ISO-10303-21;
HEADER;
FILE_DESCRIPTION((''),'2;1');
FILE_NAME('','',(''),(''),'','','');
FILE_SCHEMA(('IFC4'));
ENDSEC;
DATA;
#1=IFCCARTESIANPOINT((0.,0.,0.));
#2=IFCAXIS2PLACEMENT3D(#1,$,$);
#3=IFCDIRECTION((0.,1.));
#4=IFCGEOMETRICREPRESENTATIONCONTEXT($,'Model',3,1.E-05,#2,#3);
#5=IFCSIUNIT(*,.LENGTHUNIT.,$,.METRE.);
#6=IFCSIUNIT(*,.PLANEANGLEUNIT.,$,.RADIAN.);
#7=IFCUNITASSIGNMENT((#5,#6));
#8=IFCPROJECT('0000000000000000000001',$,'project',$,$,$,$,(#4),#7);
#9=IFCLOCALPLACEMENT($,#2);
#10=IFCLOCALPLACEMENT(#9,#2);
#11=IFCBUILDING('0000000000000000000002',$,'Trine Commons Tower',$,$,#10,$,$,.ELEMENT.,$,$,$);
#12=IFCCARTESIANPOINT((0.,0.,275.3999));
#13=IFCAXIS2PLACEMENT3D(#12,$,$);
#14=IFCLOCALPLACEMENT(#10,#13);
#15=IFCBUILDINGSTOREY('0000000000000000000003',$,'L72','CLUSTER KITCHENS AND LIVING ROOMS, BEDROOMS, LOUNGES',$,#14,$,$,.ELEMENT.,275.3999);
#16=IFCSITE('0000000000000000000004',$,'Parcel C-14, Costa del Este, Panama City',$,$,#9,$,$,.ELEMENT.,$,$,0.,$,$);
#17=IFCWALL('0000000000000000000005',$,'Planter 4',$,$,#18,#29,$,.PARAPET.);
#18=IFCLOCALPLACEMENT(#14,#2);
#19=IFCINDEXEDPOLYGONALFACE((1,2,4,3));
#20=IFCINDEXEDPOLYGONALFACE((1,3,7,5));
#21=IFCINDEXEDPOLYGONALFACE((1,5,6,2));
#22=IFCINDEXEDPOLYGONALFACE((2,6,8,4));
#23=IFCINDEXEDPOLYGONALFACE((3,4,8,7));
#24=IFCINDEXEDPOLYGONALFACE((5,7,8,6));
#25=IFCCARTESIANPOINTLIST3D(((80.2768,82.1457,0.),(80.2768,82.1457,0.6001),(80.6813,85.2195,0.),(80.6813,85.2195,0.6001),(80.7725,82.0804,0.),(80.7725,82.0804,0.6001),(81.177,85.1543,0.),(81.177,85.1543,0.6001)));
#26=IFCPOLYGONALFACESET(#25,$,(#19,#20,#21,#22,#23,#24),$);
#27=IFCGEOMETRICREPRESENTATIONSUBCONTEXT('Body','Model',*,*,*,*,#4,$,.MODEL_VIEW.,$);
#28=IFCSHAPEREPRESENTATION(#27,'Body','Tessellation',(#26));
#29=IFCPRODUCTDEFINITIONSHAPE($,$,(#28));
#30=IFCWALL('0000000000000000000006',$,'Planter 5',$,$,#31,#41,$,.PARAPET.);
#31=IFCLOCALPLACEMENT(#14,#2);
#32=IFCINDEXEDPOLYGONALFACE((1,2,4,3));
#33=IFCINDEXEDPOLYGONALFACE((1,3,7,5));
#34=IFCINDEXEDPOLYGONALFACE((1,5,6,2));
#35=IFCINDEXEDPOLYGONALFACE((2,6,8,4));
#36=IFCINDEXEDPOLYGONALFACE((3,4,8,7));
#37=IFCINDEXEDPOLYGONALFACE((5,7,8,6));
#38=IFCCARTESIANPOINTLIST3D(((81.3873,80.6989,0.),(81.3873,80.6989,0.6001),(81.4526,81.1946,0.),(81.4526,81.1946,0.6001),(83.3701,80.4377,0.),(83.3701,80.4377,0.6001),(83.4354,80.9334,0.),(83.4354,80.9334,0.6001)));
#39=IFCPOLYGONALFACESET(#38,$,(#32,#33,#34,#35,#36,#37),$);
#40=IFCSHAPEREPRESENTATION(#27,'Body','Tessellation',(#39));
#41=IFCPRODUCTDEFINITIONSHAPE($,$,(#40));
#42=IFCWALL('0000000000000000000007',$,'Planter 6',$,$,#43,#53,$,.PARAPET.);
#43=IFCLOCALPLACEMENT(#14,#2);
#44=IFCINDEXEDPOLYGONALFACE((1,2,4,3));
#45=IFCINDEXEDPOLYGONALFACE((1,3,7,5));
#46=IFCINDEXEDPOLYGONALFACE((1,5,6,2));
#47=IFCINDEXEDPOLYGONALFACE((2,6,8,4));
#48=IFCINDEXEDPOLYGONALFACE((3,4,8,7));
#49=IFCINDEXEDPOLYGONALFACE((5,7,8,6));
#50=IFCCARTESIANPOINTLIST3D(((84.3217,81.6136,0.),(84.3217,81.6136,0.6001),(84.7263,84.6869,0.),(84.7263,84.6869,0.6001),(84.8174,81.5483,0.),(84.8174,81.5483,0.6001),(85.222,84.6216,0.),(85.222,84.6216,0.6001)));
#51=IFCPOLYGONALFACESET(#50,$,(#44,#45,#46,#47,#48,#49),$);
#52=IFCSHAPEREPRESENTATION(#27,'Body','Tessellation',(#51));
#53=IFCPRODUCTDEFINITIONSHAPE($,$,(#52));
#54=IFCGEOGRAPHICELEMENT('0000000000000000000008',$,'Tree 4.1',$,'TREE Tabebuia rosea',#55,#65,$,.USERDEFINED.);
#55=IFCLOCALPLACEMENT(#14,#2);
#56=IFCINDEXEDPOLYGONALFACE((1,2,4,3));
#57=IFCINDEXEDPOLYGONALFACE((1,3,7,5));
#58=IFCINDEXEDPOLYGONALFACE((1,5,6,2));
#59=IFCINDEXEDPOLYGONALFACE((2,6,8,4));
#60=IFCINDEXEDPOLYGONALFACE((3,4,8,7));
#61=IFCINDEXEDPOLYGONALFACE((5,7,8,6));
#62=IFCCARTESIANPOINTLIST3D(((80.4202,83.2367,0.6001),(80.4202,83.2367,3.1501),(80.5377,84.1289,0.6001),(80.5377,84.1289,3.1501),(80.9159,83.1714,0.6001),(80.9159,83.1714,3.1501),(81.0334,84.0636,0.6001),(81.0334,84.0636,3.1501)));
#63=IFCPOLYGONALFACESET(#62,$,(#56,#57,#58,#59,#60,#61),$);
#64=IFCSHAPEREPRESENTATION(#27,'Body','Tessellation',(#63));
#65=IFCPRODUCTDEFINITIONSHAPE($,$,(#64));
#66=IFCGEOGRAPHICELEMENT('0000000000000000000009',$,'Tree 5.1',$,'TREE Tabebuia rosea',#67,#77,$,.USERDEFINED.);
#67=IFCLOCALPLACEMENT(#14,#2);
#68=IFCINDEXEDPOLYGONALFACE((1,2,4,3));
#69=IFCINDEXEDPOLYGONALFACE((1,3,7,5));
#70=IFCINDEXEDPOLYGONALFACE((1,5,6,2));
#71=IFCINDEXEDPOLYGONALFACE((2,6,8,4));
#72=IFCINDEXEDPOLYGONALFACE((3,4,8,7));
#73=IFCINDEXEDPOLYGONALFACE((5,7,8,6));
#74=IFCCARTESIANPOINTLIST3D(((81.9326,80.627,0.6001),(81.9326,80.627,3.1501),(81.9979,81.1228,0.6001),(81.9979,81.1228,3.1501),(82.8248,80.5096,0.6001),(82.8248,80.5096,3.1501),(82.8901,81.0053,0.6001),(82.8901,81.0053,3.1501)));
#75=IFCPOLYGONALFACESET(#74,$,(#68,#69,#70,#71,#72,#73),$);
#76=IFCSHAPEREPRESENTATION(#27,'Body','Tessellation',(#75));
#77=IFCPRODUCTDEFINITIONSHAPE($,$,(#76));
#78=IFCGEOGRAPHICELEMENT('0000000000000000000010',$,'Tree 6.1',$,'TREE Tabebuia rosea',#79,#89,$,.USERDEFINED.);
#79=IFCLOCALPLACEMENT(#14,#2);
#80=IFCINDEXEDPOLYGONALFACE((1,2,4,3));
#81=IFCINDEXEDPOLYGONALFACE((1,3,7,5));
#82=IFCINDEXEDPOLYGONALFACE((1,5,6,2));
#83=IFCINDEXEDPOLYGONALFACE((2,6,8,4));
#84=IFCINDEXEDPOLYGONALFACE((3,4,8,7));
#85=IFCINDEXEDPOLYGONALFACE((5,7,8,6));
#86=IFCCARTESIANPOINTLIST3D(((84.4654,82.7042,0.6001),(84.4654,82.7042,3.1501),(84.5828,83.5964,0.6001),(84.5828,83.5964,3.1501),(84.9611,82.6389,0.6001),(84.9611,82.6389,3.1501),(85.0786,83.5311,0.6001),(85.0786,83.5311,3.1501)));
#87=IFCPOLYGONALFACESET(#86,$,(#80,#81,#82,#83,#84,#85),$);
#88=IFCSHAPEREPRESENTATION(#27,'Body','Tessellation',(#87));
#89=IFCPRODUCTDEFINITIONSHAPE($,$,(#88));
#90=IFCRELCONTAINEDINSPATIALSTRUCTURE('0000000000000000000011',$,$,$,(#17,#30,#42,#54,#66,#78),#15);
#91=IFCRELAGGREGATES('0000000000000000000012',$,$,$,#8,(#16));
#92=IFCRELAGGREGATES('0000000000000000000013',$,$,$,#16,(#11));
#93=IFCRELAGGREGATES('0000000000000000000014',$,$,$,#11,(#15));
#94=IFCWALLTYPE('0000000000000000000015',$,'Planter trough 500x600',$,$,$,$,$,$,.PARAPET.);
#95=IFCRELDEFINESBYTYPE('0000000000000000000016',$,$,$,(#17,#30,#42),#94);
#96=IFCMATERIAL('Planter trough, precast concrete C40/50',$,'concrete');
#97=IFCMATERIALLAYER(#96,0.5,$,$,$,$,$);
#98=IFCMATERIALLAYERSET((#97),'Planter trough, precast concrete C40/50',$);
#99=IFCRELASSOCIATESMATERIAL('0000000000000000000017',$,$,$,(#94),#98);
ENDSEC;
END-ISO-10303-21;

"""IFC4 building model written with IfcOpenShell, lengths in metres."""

from ifc_helpers import new_model, si_unit, direction, frame, frame_2d, origin, origin_2d, place, context, subcontext, project, spatial, rectangle, extrude, material, layer, layer_set, type_object, element, save


model = new_model("IFC4")

# Units and contexts
model_context = context("Model", 3, precision=1e-05, world=origin(), true_north=direction((0.0, 1.0)))
body_context = subcontext(model_context, "Body", "Model", "MODEL_VIEW")
ifc_project = project(units=[si_unit("LENGTHUNIT", "METRE"), si_unit("PLANEANGLEUNIT", "RADIAN")], contexts=[model_context])

# Site, building, storey
site_placement = place(None, origin())
site = spatial("IfcSite", under=ifc_project, at=site_placement, Name="Parcel C-14, Costa del Este, Panama City", CompositionType="ELEMENT", RefElevation=0.0)
building_placement = place(site_placement, origin())
building = spatial("IfcBuilding", under=site, at=building_placement, Name="Trine Commons Tower", CompositionType="ELEMENT")
storey_placement = place(building_placement, frame((0.0, 0.0, 275.3999)))
storey = spatial("IfcBuildingStorey", under=building, at=storey_placement, Name="L72", Description="CLUSTER KITCHENS AND LIVING ROOMS, BEDROOMS, LOUNGES", CompositionType="ELEMENT", Elevation=275.3999)

# Walls
ifc_material_1 = material(Name="Planter trough, precast concrete C40/50", Category="concrete")
ifc_layer_1 = layer(ifc_material_1, 0.5)
ifc_layer_set_1 = layer_set([ifc_layer_1], Name="Planter trough, precast concrete C40/50")
wall_type_1 = type_object("IfcWallType", Name="Planter trough 500x600", PredefinedType="PARAPET", material=ifc_layer_set_1)
wall_1_placement = place(storey_placement, frame((80.9292, 85.187, 0.0), z_axis=(0.0, 0.0, 1.0), x_axis=(-0.130487, -0.99145, 0.0)))
element("IfcWall", 1, at=wall_1_placement, inside=storey, type_object=wall_type_1, Name="Planter 4", PredefinedType="PARAPET", context=body_context, shape_type="SweptSolid", body=[
    extrude(rectangle(XDim=3.1003, YDim=0.5, at=frame_2d((1.5503, 0.0))), origin(), (0.0, 0.0, 1.0), 0.6001),
])
wall_2_placement = place(storey_placement, frame((81.4199, 80.9468, 0.0), z_axis=(0.0, 0.0, 1.0), x_axis=(0.991434, -0.130612, 0.0)))
element("IfcWall", 2, at=wall_2_placement, inside=storey, type_object=wall_type_1, Name="Planter 5", PredefinedType="PARAPET", context=body_context, shape_type="SweptSolid", body=[
    extrude(rectangle(XDim=2.0, YDim=0.5, at=frame_2d((1.0, 0.0))), origin(), (0.0, 0.0, 1.0), 0.6001),
])
wall_3_placement = place(storey_placement, frame((84.5696, 81.5811, 0.0), z_axis=(0.0, 0.0, 1.0), x_axis=(0.130507, 0.991447, 0.0)))
element("IfcWall", 3, at=wall_3_placement, inside=storey, type_object=wall_type_1, Name="Planter 6", PredefinedType="PARAPET", context=body_context, shape_type="SweptSolid", body=[
    extrude(rectangle(XDim=3.0999, YDim=0.5, at=frame_2d((1.5498, 0.0))), origin(), (0.0, 0.0, 1.0), 0.6001),
])

# Geographic elements
for number, where, z_axis, x_axis, name in (
    (4, (80.7268, 83.6501, 0.6001), (0.0, 0.0, 1.0), (-0.130514, -0.991446, 0.0), "Tree 4.1"),
    (5, (82.4114, 80.8162, 0.6001), (0.0, 0.0, 1.0), (0.991443, -0.130543, 0.0), "Tree 5.1"),
    (6, (84.772, 83.1177, 0.6001), (0.0, 0.0, 1.0), (0.130518, 0.991446, 0.0), "Tree 6.1"),
):
    element("IfcGeographicElement", number, at=place(storey_placement, frame(where, z_axis=z_axis, x_axis=x_axis)), inside=storey, Name=name, ObjectType="TREE Tabebuia rosea", PredefinedType="USERDEFINED", context=body_context, shape_type="SweptSolid", body=[
        extrude(rectangle(XDim=0.8999, YDim=0.5, at=origin_2d()), origin(), (0.0, 0.0, 1.0), 2.55),
    ])

save(model, "model.ifc")
